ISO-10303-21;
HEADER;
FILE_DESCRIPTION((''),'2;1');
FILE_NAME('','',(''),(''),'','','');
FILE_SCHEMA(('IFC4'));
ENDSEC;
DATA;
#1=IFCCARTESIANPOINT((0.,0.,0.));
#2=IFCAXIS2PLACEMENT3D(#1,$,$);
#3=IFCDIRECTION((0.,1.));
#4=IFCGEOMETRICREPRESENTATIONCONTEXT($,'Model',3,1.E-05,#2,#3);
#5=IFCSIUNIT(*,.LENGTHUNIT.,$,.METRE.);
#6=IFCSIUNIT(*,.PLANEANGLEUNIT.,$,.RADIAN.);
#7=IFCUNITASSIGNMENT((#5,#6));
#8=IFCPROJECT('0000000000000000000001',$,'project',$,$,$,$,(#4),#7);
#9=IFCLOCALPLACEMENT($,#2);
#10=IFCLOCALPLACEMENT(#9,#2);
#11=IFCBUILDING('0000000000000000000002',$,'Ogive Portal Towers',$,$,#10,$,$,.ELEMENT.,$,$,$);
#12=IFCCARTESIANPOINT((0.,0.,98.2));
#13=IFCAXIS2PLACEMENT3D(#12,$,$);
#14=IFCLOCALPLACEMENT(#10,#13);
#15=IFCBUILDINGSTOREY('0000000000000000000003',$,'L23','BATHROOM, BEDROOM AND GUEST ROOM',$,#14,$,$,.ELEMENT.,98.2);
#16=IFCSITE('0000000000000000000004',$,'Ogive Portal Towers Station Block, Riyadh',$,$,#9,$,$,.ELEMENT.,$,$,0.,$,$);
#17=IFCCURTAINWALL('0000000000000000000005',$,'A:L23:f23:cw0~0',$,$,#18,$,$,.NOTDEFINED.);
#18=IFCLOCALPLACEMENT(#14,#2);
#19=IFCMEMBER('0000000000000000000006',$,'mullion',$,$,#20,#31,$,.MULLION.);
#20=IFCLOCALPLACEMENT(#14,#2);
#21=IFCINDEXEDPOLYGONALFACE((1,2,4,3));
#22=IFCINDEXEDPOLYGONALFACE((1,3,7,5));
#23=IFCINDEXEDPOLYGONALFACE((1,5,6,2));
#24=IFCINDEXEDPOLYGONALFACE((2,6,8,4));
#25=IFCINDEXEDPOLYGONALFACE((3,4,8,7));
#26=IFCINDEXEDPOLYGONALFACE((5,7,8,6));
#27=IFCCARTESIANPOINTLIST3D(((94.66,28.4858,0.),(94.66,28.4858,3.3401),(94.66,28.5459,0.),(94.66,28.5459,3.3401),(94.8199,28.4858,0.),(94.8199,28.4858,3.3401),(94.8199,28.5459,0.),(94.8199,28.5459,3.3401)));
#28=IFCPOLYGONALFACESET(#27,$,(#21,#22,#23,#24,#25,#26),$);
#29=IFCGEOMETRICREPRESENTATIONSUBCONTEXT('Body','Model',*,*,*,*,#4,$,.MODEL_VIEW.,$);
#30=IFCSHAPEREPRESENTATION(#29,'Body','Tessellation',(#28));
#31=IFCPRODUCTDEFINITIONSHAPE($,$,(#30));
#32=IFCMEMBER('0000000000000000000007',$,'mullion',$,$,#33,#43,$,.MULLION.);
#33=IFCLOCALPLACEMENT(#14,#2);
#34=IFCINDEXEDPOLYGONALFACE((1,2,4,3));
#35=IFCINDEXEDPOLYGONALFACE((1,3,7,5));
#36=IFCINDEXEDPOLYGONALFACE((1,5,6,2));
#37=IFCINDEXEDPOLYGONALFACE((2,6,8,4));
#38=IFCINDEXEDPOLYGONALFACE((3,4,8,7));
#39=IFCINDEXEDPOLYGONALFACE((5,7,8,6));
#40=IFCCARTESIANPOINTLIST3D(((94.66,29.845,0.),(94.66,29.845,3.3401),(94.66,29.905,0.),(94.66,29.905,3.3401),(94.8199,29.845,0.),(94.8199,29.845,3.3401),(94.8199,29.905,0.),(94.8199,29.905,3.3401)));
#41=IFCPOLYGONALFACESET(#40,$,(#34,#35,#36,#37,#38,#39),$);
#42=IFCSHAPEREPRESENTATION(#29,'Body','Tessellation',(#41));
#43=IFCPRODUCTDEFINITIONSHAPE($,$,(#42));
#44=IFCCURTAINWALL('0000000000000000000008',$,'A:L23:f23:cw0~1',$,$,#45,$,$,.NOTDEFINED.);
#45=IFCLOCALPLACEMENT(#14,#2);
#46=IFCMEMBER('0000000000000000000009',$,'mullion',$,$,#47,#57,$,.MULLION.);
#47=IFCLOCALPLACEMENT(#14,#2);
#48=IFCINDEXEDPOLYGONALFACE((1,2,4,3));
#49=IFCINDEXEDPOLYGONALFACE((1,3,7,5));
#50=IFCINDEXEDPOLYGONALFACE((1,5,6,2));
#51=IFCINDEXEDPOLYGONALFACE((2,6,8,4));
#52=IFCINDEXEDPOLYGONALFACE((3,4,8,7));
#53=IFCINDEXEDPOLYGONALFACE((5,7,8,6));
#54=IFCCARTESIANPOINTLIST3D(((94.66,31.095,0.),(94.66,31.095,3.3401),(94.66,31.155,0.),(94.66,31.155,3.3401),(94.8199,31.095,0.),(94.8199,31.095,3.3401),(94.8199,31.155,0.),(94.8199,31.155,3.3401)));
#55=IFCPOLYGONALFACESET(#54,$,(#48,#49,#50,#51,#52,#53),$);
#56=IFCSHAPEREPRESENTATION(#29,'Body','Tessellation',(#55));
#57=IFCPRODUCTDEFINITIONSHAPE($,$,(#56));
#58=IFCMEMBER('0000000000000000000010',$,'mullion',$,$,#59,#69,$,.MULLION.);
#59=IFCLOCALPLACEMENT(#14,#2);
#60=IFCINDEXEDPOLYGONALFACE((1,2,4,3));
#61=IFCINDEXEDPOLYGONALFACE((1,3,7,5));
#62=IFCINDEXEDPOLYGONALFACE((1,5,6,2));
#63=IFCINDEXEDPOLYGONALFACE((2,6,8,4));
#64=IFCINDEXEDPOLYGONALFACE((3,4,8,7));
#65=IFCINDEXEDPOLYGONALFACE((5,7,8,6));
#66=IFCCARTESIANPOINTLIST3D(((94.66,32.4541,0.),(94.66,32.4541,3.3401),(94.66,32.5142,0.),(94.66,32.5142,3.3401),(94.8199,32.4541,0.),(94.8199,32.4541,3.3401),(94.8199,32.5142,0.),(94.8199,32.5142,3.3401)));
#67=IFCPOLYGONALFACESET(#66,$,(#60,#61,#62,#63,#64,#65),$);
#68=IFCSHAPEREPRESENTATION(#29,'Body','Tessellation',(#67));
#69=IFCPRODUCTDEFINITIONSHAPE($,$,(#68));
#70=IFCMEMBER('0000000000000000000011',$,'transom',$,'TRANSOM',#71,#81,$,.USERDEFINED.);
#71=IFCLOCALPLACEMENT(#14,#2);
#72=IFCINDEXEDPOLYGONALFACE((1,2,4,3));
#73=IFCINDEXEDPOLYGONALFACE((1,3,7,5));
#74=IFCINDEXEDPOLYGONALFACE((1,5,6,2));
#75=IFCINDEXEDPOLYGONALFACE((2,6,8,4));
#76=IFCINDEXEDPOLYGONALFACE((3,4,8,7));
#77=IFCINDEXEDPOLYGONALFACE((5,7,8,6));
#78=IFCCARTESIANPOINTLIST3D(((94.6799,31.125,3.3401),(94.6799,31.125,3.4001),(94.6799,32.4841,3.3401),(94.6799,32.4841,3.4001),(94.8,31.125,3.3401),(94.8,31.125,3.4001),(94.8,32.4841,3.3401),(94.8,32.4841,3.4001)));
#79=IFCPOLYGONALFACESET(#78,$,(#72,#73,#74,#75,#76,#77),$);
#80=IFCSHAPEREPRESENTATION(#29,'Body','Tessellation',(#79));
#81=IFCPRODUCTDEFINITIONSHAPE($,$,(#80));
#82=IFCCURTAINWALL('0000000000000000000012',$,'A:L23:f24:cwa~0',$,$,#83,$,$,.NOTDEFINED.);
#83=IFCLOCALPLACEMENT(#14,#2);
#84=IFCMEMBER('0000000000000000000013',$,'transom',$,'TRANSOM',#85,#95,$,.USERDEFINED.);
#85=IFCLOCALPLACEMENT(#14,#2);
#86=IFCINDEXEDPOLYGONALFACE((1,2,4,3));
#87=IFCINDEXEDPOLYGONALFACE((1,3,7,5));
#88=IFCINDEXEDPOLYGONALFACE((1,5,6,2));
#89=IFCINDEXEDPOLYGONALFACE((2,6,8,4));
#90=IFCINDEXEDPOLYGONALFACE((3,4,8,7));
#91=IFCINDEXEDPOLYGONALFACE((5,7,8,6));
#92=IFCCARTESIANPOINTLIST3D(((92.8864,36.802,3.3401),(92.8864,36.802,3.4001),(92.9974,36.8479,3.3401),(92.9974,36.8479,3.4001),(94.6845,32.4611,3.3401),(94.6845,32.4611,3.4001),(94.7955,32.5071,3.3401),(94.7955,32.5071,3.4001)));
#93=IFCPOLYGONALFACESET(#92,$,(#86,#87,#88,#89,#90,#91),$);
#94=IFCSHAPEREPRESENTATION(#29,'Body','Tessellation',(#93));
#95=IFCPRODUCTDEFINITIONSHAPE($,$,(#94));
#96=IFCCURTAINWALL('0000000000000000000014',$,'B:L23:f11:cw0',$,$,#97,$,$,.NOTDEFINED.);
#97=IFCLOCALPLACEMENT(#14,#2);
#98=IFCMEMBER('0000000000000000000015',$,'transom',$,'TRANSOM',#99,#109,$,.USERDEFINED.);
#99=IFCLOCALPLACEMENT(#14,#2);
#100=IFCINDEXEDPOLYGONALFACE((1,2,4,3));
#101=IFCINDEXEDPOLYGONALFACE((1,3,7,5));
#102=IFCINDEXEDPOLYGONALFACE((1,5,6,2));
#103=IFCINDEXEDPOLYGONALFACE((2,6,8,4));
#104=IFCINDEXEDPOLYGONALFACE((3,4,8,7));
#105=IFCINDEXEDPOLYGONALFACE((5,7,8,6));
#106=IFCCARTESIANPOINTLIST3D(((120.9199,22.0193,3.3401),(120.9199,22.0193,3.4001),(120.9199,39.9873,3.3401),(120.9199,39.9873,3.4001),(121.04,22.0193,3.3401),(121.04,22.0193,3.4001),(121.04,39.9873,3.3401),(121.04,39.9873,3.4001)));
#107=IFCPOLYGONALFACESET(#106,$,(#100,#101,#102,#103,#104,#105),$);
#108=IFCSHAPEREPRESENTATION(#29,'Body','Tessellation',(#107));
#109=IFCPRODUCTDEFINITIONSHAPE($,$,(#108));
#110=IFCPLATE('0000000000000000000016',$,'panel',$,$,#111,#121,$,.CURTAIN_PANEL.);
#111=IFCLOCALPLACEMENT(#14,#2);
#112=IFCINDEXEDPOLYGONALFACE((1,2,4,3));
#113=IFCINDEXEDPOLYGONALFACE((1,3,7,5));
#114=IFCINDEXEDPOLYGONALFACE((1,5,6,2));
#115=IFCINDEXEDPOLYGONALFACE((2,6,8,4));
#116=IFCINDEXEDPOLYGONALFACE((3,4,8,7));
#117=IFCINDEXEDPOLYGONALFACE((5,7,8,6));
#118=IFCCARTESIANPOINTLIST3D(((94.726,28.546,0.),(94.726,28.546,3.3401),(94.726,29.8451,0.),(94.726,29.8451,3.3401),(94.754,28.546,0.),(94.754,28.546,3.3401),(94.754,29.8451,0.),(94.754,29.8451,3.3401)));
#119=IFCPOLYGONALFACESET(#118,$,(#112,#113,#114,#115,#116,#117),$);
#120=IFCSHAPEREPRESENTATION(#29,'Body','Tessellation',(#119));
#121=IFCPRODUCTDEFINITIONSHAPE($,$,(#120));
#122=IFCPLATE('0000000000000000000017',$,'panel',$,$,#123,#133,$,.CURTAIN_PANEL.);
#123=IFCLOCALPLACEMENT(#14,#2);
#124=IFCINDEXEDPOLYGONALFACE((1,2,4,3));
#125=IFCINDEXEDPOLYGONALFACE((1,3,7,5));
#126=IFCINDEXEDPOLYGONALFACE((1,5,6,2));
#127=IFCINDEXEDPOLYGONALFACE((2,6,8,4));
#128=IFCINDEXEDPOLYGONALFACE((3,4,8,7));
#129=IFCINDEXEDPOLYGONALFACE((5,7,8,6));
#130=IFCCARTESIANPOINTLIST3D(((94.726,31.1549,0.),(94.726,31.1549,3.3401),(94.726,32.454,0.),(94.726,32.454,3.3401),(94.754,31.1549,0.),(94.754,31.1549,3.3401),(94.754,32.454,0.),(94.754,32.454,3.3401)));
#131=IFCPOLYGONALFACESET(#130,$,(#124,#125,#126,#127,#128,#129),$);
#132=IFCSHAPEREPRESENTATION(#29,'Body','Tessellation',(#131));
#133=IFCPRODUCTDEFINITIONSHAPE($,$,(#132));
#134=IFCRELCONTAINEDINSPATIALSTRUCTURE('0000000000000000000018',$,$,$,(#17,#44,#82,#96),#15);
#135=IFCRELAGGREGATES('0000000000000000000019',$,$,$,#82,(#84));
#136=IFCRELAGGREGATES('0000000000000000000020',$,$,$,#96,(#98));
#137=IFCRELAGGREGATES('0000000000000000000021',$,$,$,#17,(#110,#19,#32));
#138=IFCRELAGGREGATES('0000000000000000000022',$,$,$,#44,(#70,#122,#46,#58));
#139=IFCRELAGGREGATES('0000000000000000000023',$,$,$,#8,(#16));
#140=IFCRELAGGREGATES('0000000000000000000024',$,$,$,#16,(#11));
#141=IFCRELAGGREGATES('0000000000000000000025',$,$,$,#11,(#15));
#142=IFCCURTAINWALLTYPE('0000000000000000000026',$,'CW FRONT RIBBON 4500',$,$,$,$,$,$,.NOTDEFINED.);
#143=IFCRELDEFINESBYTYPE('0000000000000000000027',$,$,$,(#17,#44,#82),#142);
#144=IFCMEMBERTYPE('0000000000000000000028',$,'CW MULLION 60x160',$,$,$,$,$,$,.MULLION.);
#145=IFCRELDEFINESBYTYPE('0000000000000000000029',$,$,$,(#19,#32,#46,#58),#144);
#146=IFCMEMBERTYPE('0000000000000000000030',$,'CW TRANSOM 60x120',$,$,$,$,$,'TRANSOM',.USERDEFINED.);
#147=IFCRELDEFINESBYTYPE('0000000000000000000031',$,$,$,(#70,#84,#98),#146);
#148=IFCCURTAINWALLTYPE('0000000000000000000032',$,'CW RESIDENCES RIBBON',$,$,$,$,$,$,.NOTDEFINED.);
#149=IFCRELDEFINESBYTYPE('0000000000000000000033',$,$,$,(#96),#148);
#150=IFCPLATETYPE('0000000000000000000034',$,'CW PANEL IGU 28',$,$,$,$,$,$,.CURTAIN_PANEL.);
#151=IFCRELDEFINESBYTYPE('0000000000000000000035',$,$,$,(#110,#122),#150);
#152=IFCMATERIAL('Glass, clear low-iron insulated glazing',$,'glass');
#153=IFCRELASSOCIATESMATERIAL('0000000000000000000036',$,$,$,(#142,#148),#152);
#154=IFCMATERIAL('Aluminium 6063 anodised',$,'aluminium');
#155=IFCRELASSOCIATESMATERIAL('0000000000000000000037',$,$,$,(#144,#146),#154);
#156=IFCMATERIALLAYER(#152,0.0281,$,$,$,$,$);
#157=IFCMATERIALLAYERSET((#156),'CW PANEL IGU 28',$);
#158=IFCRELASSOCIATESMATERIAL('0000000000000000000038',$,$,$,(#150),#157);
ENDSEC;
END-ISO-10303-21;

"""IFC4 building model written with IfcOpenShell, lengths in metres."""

from ifc_helpers import new_model, si_unit, direction, frame, origin, origin_2d, place, context, subcontext, project, spatial, rectangle, extrude, material, layer, layer_set, material_profile, profile_set, type_object, element, aggregate, save


model = new_model("IFC4")

# Units and contexts
model_context = context("Model", 3, precision=1e-05, world=origin(), true_north=direction((0.0, 1.0)))
body_context = subcontext(model_context, "Body", "Model", "MODEL_VIEW")
ifc_project = project(units=[si_unit("LENGTHUNIT", "METRE"), si_unit("PLANEANGLEUNIT", "RADIAN")], contexts=[model_context])

# Site, building, storey
site_placement = place(None, origin())
site = spatial("IfcSite", under=ifc_project, at=site_placement, Name="Ogive Portal Towers Station Block, Riyadh", CompositionType="ELEMENT", RefElevation=0.0)
building_placement = place(site_placement, origin())
building = spatial("IfcBuilding", under=site, at=building_placement, Name="Ogive Portal Towers", CompositionType="ELEMENT")
storey_placement = place(building_placement, frame((0.0, 0.0, 98.2)))
storey = spatial("IfcBuildingStorey", under=building, at=storey_placement, Name="L23", Description="BATHROOM, BEDROOM AND GUEST ROOM", CompositionType="ELEMENT", Elevation=98.2)

# Curtain walls, members
ifc_material_1 = material(Name="Glass, clear low-iron insulated glazing", Category="glass")
curtain_wall_type_1 = type_object("IfcCurtainWallType", Name="CW FRONT RIBBON 4500", PredefinedType="NOTDEFINED", material=ifc_material_1)
curtain_wall_1_placement = place(storey_placement, origin())
curtain_wall_1 = element("IfcCurtainWall", 1, at=curtain_wall_1_placement, inside=storey, type_object=curtain_wall_type_1, Name="A:L23:f23:cw0~0", PredefinedType="NOTDEFINED")
ifc_material_2 = material(Name="Aluminium 6063 anodised", Category="aluminium")
ifc_material_profile_1 = material_profile(ifc_material_2, rectangle(XDim=0.1599, YDim=0.0601, at=origin_2d()), Name="AL 60x160")
ifc_profile_set_1 = profile_set([ifc_material_profile_1], Name="Aluminium 6063 anodised")
member_type_1 = type_object("IfcMemberType", Name="CW MULLION 60x160", PredefinedType="MULLION", material=ifc_profile_set_1)
member_1_placement = place(storey_placement, frame((94.74, 28.5159, 0.0), z_axis=(0.0, 0.0, 1.0), x_axis=(-1.0, 0.0, 0.0)))
member_1 = element("IfcMember", 2, at=member_1_placement, type_object=member_type_1, Name="mullion", PredefinedType="MULLION", context=body_context, shape_type="SweptSolid", body=[
    extrude(rectangle(XDim=0.1599, YDim=0.0601, at=origin_2d()), origin(), (0.0, 0.0, 1.0), 3.3401),
])
member_2_placement = place(storey_placement, frame((94.74, 29.875, 0.0), z_axis=(0.0, 0.0, 1.0), x_axis=(-1.0, 0.0, 0.0)))
member_2 = element("IfcMember", 3, at=member_2_placement, type_object=member_type_1, Name="mullion", PredefinedType="MULLION", context=body_context, shape_type="SweptSolid", body=[
    extrude(rectangle(XDim=0.1599, YDim=0.0601, at=origin_2d()), origin(), (0.0, 0.0, 1.0), 3.3401),
])
curtain_wall_2_placement = place(storey_placement, origin())
curtain_wall_2 = element("IfcCurtainWall", 4, at=curtain_wall_2_placement, inside=storey, type_object=curtain_wall_type_1, Name="A:L23:f23:cw0~1", PredefinedType="NOTDEFINED")
member_3_placement = place(storey_placement, frame((94.74, 31.125, 0.0), z_axis=(0.0, 0.0, 1.0), x_axis=(-1.0, 0.0, 0.0)))
member_3 = element("IfcMember", 5, at=member_3_placement, type_object=member_type_1, Name="mullion", PredefinedType="MULLION", context=body_context, shape_type="SweptSolid", body=[
    extrude(rectangle(XDim=0.1599, YDim=0.0601, at=origin_2d()), origin(), (0.0, 0.0, 1.0), 3.3401),
])
member_4_placement = place(storey_placement, frame((94.74, 32.4841, 0.0), z_axis=(0.0, 0.0, 1.0), x_axis=(-1.0, 0.0, 0.0)))
member_4 = element("IfcMember", 6, at=member_4_placement, type_object=member_type_1, Name="mullion", PredefinedType="MULLION", context=body_context, shape_type="SweptSolid", body=[
    extrude(rectangle(XDim=0.1599, YDim=0.0601, at=origin_2d()), origin(), (0.0, 0.0, 1.0), 3.3401),
])
ifc_material_profile_2 = material_profile(ifc_material_2, rectangle(XDim=0.1201, YDim=0.0601, at=origin_2d()), Name="AL 120x60")
ifc_profile_set_2 = profile_set([ifc_material_profile_2], Name="Aluminium 6063 anodised")
member_type_2 = type_object("IfcMemberType", Name="CW TRANSOM 60x120", ElementType="TRANSOM", PredefinedType="USERDEFINED", material=ifc_profile_set_2)
member_5_placement = place(storey_placement, frame((94.74, 31.125, 3.3701), z_axis=(0.0, 1.0, 0.0), x_axis=(-1.0, 0.0, 0.0)))
member_5 = element("IfcMember", 7, at=member_5_placement, type_object=member_type_2, Name="transom", ObjectType="TRANSOM", PredefinedType="USERDEFINED", context=body_context, shape_type="SweptSolid", body=[
    extrude(rectangle(XDim=0.1201, YDim=0.0601, at=origin_2d()), origin(), (0.0, 0.0, 1.0), 1.3591),
])

# Curtain walls, members
curtain_wall_3_placement = place(storey_placement, origin())
curtain_wall_3 = element("IfcCurtainWall", 8, at=curtain_wall_3_placement, inside=storey, type_object=curtain_wall_type_1, Name="A:L23:f24:cwa~0", PredefinedType="NOTDEFINED")
member_6_placement = place(storey_placement, frame((94.74, 32.4841, 3.3701), z_axis=(-0.382696, 0.923874, 0.0), x_axis=(-0.923874, -0.382696, 0.0)))
member_6 = element("IfcMember", 9, at=member_6_placement, type_object=member_type_2, Name="transom", ObjectType="TRANSOM", PredefinedType="USERDEFINED", context=body_context, shape_type="SweptSolid", body=[
    extrude(rectangle(XDim=0.1201, YDim=0.0601, at=origin_2d()), origin(), (0.0, 0.0, 1.0), 4.6985),
])
aggregate(curtain_wall_3, [member_6])
curtain_wall_type_2 = type_object("IfcCurtainWallType", Name="CW RESIDENCES RIBBON", PredefinedType="NOTDEFINED", material=ifc_material_1)
curtain_wall_4_placement = place(storey_placement, origin())
curtain_wall_4 = element("IfcCurtainWall", 10, at=curtain_wall_4_placement, inside=storey, type_object=curtain_wall_type_2, Name="B:L23:f11:cw0", PredefinedType="NOTDEFINED")
member_7_placement = place(storey_placement, frame((120.98, 39.9873, 3.3701), z_axis=(0.0, -1.0, 0.0), x_axis=(1.0, 0.0, 0.0)))
member_7 = element("IfcMember", 11, at=member_7_placement, type_object=member_type_2, Name="transom", ObjectType="TRANSOM", PredefinedType="USERDEFINED", context=body_context, shape_type="SweptSolid", body=[
    extrude(rectangle(XDim=0.1201, YDim=0.0601, at=origin_2d()), origin(), (0.0, 0.0, 1.0), 17.968),
])
aggregate(curtain_wall_4, [member_7])

# Plates
ifc_layer_1 = layer(ifc_material_1, 0.0281)
ifc_layer_set_1 = layer_set([ifc_layer_1], Name="CW PANEL IGU 28")
plate_type = type_object("IfcPlateType", Name="CW PANEL IGU 28", PredefinedType="CURTAIN_PANEL", material=ifc_layer_set_1)
plate_1_placement = place(storey_placement, frame((94.74, 29.1956, 0.0), z_axis=(0.0, 0.0, 1.0), x_axis=(0.0, 1.0, 0.0)))
plate_1 = element("IfcPlate", 12, at=plate_1_placement, type_object=plate_type, Name="panel", PredefinedType="CURTAIN_PANEL", context=body_context, shape_type="SweptSolid", body=[
    extrude(rectangle(XDim=1.2991, YDim=0.0281, at=origin_2d()), origin(), (0.0, 0.0, 1.0), 3.3401),
])
aggregate(curtain_wall_1, [plate_1, member_1, member_2])
plate_2_placement = place(storey_placement, frame((94.74, 31.8044, 0.0), z_axis=(0.0, 0.0, 1.0), x_axis=(0.0, 1.0, 0.0)))
plate_2 = element("IfcPlate", 13, at=plate_2_placement, type_object=plate_type, Name="panel", PredefinedType="CURTAIN_PANEL", context=body_context, shape_type="SweptSolid", body=[
    extrude(rectangle(XDim=1.2991, YDim=0.0281, at=origin_2d()), origin(), (0.0, 0.0, 1.0), 3.3401),
])
aggregate(curtain_wall_2, [member_5, plate_2, member_3, member_4])

save(model, "model.ifc")
